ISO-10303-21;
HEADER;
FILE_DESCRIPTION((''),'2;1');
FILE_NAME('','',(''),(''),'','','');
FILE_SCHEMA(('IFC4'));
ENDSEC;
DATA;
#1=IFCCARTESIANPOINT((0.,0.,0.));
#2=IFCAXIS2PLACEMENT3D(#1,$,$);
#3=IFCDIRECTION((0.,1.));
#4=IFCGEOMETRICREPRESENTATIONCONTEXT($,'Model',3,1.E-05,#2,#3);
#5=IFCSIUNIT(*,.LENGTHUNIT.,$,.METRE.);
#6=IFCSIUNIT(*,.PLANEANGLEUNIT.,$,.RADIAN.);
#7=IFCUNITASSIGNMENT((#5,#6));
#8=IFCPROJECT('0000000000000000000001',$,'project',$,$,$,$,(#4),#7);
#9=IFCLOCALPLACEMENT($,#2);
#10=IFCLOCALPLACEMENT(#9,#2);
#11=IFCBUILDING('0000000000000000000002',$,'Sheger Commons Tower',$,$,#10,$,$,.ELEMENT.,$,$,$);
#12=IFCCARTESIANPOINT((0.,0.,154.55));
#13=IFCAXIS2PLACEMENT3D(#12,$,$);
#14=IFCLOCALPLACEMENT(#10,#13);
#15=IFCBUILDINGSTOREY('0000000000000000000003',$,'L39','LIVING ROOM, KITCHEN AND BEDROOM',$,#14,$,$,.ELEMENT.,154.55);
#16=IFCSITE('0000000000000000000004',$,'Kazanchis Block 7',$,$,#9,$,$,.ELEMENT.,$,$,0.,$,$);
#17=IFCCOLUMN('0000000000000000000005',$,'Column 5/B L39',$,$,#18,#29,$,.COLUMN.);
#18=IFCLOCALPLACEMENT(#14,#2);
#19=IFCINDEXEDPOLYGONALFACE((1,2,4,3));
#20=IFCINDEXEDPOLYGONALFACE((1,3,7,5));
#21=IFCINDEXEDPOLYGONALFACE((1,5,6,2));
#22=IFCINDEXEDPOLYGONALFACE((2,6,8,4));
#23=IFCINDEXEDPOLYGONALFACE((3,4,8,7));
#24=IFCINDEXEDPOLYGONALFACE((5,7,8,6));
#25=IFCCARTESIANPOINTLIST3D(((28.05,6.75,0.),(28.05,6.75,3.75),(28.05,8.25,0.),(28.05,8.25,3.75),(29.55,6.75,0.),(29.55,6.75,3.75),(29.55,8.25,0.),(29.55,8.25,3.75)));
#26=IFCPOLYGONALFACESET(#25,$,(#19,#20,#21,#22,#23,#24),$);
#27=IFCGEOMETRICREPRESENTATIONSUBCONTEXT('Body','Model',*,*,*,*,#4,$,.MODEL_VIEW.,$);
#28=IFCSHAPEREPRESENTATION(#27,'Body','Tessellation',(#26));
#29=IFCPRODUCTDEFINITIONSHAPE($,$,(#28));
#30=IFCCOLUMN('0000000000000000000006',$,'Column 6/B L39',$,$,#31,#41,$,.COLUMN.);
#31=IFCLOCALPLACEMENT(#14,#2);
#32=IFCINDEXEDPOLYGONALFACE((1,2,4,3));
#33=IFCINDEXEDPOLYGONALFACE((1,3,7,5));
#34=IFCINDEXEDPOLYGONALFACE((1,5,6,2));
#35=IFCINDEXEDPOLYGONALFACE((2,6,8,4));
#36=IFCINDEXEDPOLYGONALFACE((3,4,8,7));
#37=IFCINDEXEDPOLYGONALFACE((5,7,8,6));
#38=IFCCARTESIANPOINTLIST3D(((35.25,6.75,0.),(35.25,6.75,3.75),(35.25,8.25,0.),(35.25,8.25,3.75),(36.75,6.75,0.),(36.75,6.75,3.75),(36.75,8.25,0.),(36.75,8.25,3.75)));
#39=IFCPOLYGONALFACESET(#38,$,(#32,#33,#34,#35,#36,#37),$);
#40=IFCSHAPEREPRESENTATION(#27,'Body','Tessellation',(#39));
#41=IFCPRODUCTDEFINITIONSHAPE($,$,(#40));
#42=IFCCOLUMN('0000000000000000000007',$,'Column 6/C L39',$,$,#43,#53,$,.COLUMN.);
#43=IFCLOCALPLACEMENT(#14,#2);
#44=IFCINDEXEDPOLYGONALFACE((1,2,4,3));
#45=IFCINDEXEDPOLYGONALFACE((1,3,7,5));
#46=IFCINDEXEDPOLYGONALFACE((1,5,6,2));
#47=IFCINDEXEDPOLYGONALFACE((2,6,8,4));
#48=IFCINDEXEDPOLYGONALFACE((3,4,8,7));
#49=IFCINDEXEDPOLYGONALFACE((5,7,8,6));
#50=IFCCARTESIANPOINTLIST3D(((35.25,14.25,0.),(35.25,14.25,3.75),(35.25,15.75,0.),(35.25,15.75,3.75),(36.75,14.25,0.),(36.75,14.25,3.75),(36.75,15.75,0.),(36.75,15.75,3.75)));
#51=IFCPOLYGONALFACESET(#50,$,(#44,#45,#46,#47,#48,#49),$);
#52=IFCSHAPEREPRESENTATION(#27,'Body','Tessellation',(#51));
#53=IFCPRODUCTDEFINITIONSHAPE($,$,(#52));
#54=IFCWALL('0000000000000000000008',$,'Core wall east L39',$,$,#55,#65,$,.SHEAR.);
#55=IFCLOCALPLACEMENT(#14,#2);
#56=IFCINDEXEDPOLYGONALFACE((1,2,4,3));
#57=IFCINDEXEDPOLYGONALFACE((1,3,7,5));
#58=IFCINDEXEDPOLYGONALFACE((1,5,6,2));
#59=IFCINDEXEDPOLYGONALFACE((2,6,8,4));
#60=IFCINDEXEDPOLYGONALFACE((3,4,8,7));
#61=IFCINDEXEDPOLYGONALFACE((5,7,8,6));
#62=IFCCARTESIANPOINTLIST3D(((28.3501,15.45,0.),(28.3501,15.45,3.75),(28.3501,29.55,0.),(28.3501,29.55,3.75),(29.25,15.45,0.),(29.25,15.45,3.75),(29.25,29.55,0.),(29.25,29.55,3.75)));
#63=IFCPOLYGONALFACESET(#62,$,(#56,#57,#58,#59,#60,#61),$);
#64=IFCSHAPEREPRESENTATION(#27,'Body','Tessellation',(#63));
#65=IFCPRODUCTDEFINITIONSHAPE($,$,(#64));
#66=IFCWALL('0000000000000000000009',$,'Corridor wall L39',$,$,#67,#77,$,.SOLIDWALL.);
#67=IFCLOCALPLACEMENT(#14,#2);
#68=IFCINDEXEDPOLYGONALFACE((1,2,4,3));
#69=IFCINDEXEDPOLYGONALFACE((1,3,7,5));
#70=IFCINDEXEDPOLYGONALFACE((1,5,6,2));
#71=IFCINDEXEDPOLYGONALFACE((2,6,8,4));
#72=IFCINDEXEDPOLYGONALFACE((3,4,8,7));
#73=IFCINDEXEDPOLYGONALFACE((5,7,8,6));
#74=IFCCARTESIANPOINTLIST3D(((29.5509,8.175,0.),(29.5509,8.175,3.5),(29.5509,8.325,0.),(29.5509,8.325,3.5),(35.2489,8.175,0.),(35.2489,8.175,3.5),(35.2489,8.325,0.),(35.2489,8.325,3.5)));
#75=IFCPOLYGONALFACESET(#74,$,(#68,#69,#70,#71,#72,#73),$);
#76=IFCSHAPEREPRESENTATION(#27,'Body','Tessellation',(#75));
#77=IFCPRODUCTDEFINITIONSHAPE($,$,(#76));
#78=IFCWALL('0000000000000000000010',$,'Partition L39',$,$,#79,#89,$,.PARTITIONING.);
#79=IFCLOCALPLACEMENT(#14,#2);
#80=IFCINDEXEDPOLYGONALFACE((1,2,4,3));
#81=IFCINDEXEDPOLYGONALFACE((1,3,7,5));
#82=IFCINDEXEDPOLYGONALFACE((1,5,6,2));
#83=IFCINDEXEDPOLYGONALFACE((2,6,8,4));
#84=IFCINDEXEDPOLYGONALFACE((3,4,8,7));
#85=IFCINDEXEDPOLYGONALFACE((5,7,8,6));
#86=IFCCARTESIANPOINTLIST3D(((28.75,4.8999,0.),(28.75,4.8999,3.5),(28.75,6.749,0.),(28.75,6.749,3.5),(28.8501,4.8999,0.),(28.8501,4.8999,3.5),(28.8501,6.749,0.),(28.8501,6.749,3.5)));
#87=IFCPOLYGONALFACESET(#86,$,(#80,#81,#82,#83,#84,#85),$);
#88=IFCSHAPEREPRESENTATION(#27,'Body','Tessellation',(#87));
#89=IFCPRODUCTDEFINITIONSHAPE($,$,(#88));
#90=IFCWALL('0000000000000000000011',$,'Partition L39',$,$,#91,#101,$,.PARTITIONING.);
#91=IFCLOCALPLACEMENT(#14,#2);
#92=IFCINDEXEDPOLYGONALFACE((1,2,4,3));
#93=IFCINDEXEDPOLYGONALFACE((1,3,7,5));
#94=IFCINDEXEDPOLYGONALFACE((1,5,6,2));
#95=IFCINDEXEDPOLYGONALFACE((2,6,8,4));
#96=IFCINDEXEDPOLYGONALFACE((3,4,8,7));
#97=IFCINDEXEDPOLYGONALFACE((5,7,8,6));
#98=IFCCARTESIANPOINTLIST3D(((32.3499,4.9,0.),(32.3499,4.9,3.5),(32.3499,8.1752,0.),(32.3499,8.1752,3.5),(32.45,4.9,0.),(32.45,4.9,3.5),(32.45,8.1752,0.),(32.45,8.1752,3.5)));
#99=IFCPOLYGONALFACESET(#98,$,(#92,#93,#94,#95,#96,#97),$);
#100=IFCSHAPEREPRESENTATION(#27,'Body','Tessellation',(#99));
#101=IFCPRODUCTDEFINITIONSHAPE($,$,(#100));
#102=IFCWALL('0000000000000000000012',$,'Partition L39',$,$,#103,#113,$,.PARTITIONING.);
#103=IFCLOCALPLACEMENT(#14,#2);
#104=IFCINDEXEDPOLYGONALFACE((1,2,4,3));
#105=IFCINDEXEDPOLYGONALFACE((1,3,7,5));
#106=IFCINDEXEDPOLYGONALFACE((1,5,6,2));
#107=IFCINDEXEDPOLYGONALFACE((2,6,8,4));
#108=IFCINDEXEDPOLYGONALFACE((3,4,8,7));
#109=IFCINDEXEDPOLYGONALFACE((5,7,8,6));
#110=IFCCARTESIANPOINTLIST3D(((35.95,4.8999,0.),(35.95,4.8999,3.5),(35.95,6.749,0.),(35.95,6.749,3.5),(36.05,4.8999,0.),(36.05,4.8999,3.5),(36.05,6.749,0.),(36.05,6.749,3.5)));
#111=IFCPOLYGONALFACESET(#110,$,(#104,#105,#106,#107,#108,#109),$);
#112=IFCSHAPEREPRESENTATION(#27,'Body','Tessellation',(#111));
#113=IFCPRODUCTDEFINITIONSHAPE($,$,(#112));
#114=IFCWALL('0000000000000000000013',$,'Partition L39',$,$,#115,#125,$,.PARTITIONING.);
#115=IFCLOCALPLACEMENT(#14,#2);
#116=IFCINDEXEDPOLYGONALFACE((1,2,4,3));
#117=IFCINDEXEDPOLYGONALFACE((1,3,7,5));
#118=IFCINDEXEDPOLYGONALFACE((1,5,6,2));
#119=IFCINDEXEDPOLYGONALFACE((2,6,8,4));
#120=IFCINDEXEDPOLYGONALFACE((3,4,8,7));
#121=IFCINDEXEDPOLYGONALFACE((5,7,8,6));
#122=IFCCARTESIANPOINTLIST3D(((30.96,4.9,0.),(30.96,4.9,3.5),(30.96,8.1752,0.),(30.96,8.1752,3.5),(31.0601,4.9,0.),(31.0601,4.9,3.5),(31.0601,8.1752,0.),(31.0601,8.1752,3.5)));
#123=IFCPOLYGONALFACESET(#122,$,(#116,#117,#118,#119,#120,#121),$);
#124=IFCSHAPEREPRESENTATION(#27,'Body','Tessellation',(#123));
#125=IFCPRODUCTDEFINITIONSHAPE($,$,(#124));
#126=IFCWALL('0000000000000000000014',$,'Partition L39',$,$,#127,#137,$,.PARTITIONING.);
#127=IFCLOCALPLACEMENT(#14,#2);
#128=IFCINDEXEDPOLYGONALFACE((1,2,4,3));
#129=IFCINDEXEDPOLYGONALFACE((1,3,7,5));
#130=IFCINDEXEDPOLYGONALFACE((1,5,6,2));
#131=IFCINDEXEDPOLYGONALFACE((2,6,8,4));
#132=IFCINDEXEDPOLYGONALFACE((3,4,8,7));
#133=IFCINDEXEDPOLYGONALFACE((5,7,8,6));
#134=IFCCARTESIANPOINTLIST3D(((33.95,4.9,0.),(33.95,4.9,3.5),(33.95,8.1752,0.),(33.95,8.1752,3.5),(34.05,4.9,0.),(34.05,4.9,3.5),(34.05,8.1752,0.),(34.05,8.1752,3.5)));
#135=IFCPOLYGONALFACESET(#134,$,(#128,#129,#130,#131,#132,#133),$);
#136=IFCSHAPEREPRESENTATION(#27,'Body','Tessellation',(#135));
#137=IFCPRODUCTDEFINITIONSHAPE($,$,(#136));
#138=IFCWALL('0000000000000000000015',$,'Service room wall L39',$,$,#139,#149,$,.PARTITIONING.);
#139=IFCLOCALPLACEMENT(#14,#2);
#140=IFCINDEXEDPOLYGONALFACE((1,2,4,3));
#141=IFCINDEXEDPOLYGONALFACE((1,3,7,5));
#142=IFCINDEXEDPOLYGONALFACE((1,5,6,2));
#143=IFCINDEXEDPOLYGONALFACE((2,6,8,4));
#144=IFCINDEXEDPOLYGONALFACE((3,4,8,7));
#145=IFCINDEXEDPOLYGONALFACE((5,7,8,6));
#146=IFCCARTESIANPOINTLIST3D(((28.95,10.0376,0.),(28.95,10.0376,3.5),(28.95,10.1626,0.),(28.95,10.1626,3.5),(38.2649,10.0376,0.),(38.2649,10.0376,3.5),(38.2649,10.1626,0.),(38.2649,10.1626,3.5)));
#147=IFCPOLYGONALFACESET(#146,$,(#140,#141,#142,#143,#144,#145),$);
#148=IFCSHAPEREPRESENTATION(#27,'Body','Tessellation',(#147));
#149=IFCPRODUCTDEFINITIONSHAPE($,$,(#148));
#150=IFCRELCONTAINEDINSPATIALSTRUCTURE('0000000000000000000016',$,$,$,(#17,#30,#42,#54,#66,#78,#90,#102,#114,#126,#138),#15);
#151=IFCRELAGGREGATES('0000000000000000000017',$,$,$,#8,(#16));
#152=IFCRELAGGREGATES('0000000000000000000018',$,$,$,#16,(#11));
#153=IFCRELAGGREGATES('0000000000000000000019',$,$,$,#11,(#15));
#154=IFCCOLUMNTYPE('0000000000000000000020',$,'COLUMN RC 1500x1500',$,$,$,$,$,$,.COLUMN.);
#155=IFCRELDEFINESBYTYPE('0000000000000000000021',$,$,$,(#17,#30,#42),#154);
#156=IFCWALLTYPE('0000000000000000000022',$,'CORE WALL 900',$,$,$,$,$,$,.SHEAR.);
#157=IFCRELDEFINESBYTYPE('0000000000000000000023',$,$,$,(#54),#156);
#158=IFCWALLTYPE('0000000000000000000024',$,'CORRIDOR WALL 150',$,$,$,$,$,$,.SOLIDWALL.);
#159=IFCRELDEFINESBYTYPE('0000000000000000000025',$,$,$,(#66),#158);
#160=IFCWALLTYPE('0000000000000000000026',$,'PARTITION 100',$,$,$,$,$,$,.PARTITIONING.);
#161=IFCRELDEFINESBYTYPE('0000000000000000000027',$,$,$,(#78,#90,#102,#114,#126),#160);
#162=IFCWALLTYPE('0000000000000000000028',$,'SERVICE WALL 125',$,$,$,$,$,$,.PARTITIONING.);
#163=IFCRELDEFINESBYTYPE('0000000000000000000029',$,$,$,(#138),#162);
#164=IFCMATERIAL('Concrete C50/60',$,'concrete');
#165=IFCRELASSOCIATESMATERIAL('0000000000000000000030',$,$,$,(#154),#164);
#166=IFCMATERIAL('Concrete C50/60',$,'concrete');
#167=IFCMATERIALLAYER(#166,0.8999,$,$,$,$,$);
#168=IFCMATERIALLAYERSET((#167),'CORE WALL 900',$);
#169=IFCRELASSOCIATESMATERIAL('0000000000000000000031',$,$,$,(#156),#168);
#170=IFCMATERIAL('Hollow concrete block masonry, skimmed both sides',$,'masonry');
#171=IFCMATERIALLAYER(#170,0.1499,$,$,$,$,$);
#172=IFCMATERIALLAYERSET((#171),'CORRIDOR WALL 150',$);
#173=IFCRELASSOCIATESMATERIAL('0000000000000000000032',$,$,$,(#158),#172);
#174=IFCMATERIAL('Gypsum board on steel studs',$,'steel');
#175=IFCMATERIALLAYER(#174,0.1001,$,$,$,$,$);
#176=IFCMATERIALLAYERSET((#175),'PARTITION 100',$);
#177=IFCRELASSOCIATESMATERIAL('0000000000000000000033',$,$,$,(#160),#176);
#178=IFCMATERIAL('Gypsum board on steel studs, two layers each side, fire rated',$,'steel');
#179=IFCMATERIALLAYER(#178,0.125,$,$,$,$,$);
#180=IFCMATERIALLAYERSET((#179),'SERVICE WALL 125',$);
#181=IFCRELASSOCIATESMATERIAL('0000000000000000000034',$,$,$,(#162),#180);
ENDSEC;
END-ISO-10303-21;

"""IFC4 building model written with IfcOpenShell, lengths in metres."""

from ifc_helpers import new_model, si_unit, direction, frame, frame_2d, origin, origin_2d, place, context, subcontext, project, spatial, rectangle, extrude, material, layer, layer_set, material_profile, profile_set, type_object, element, save


model = new_model("IFC4")

# Units and contexts
model_context = context("Model", 3, precision=1e-05, world=origin(), true_north=direction((0.0, 1.0)))
body_context = subcontext(model_context, "Body", "Model", "MODEL_VIEW")
ifc_project = project(units=[si_unit("LENGTHUNIT", "METRE"), si_unit("PLANEANGLEUNIT", "RADIAN")], contexts=[model_context])

# Site, building, storey
site_placement = place(None, origin())
site = spatial("IfcSite", under=ifc_project, at=site_placement, Name="Kazanchis Block 7", CompositionType="ELEMENT", RefElevation=0.0)
building_placement = place(site_placement, origin())
building = spatial("IfcBuilding", under=site, at=building_placement, Name="Sheger Commons Tower", CompositionType="ELEMENT")
storey_placement = place(building_placement, frame((0.0, 0.0, 154.55)))
storey = spatial("IfcBuildingStorey", under=building, at=storey_placement, Name="L39", Description="LIVING ROOM, KITCHEN AND BEDROOM", CompositionType="ELEMENT", Elevation=154.55)

# Columns
ifc_material_1 = material(Name="Concrete C50/60", Category="concrete")
ifc_material_profile = material_profile(ifc_material_1, rectangle(XDim=1.5, YDim=1.5, at=origin_2d()), Name="RC 1500x1500")
ifc_profile_set = profile_set([ifc_material_profile], Name="Concrete C50/60")
column_type = type_object("IfcColumnType", Name="COLUMN RC 1500x1500", PredefinedType="COLUMN", material=ifc_profile_set)
for number, where, z_axis, x_axis, name in (
    (1, (28.8, 7.5, 0.0), (0.0, 0.0, 1.0), (1.0, 0.0, 0.0), "Column 5/B L39"),
    (2, (36.0, 7.5, 0.0), (0.0, 0.0, 1.0), (1.0, 0.0, 0.0), "Column 6/B L39"),
    (3, (36.0, 15.0, 0.0), (0.0, 0.0, 1.0), (1.0, 0.0, 0.0), "Column 6/C L39"),
):
    element("IfcColumn", number, at=place(storey_placement, frame(where, z_axis=z_axis, x_axis=x_axis)), inside=storey, type_object=column_type, Name=name, PredefinedType="COLUMN", context=body_context, shape_type="SweptSolid", body=[
        extrude(rectangle(XDim=1.5, YDim=1.5, at=origin_2d()), origin(), (0.0, 0.0, 1.0), 3.75),
    ])

# Walls
ifc_material_2 = material(Name="Concrete C50/60", Category="concrete")
ifc_layer_1 = layer(ifc_material_2, 0.8999)
ifc_layer_set_1 = layer_set([ifc_layer_1], Name="CORE WALL 900")
wall_type_1 = type_object("IfcWallType", Name="CORE WALL 900", PredefinedType="SHEAR", material=ifc_layer_set_1)
wall_1_placement = place(storey_placement, frame((28.8, 15.45, 0.0), z_axis=(0.0, 0.0, 1.0), x_axis=(0.0, 1.0, 0.0)))
element("IfcWall", 4, at=wall_1_placement, inside=storey, type_object=wall_type_1, Name="Core wall east L39", PredefinedType="SHEAR", context=body_context, shape_type="SweptSolid", body=[
    extrude(rectangle(XDim=14.1001, YDim=0.8999, at=frame_2d((7.05, 0.0))), origin(), (0.0, 0.0, 1.0), 3.75),
])
ifc_material_3 = material(Name="Hollow concrete block masonry, skimmed both sides", Category="masonry")
ifc_layer_2 = layer(ifc_material_3, 0.1499)
ifc_layer_set_2 = layer_set([ifc_layer_2], Name="CORRIDOR WALL 150")
wall_type_2 = type_object("IfcWallType", Name="CORRIDOR WALL 150", PredefinedType="SOLIDWALL", material=ifc_layer_set_2)
wall_2_placement = place(storey_placement, frame((35.249, 8.25, 0.0), z_axis=(0.0, 0.0, 1.0), x_axis=(-1.0, 0.0, 0.0)))
element("IfcWall", 5, at=wall_2_placement, inside=storey, type_object=wall_type_2, Name="Corridor wall L39", PredefinedType="SOLIDWALL", context=body_context, shape_type="SweptSolid", body=[
    extrude(rectangle(XDim=5.698, YDim=0.1499, at=frame_2d((2.8491, 0.0))), origin(), (0.0, 0.0, 1.0), 3.5),
])
ifc_material_4 = material(Name="Gypsum board on steel studs", Category="steel")
ifc_layer_3 = layer(ifc_material_4, 0.1001)
ifc_layer_set_3 = layer_set([ifc_layer_3], Name="PARTITION 100")
wall_type_3 = type_object("IfcWallType", Name="PARTITION 100", PredefinedType="PARTITIONING", material=ifc_layer_set_3)
wall_3_placement = place(storey_placement, frame((28.8, 4.8999, 0.0), z_axis=(0.0, 0.0, 1.0), x_axis=(0.0, 1.0, 0.0)))
element("IfcWall", 6, at=wall_3_placement, inside=storey, type_object=wall_type_3, Name="Partition L39", PredefinedType="PARTITIONING", context=body_context, shape_type="SweptSolid", body=[
    extrude(rectangle(XDim=1.8491, YDim=0.1001, at=frame_2d((0.9246, 0.0))), origin(), (0.0, 0.0, 1.0), 3.5),
])
wall_4_placement = place(storey_placement, frame((32.3999, 4.8999, 0.0), z_axis=(0.0, 0.0, 1.0), x_axis=(0.0, 1.0, 0.0)))
element("IfcWall", 7, at=wall_4_placement, inside=storey, type_object=wall_type_3, Name="Partition L39", PredefinedType="PARTITIONING", context=body_context, shape_type="SweptSolid", body=[
    extrude(rectangle(XDim=3.2751, YDim=0.1001, at=frame_2d((1.6377, 0.0))), origin(), (0.0, 0.0, 1.0), 3.5),
])
wall_5_placement = place(storey_placement, frame((36.0, 4.8999, 0.0), z_axis=(0.0, 0.0, 1.0), x_axis=(0.0, 1.0, 0.0)))
element("IfcWall", 8, at=wall_5_placement, inside=storey, type_object=wall_type_3, Name="Partition L39", PredefinedType="PARTITIONING", context=body_context, shape_type="SweptSolid", body=[
    extrude(rectangle(XDim=1.8491, YDim=0.1001, at=frame_2d((0.9246, 0.0))), origin(), (0.0, 0.0, 1.0), 3.5),
])
for number, where, z_axis, x_axis, name in (
    (9, (31.01, 4.8999, 0.0), (0.0, 0.0, 1.0), (0.0, 1.0, 0.0), "Partition L39"),
    (10, (34.0, 4.8999, 0.0), (0.0, 0.0, 1.0), (0.0, 1.0, 0.0), "Partition L39"),
):
    element("IfcWall", number, at=place(storey_placement, frame(where, z_axis=z_axis, x_axis=x_axis)), inside=storey, type_object=wall_type_3, Name=name, PredefinedType="PARTITIONING", context=body_context, shape_type="SweptSolid", body=[
        extrude(rectangle(XDim=3.2751, YDim=0.1001, at=frame_2d((1.6377, 0.0))), origin(), (0.0, 0.0, 1.0), 3.5),
    ])
ifc_material_5 = material(Name="Gypsum board on steel studs, two layers each side, fire rated", Category="steel")
ifc_layer_4 = layer(ifc_material_5, 0.125)
ifc_layer_set_4 = layer_set([ifc_layer_4], Name="SERVICE WALL 125")
wall_type_4 = type_object("IfcWallType", Name="SERVICE WALL 125", PredefinedType="PARTITIONING", material=ifc_layer_set_4)
wall_6_placement = place(storey_placement, frame((28.95, 10.1001, 0.0), z_axis=(0.0, 0.0, 1.0), x_axis=(1.0, 0.0, 0.0)))
element("IfcWall", 11, at=wall_6_placement, inside=storey, type_object=wall_type_4, Name="Service room wall L39", PredefinedType="PARTITIONING", context=body_context, shape_type="SweptSolid", body=[
    extrude(rectangle(XDim=9.3149, YDim=0.125, at=frame_2d((4.6575, 0.0))), origin(), (0.0, 0.0, 1.0), 3.5),
])

save(model, "model.ifc")
